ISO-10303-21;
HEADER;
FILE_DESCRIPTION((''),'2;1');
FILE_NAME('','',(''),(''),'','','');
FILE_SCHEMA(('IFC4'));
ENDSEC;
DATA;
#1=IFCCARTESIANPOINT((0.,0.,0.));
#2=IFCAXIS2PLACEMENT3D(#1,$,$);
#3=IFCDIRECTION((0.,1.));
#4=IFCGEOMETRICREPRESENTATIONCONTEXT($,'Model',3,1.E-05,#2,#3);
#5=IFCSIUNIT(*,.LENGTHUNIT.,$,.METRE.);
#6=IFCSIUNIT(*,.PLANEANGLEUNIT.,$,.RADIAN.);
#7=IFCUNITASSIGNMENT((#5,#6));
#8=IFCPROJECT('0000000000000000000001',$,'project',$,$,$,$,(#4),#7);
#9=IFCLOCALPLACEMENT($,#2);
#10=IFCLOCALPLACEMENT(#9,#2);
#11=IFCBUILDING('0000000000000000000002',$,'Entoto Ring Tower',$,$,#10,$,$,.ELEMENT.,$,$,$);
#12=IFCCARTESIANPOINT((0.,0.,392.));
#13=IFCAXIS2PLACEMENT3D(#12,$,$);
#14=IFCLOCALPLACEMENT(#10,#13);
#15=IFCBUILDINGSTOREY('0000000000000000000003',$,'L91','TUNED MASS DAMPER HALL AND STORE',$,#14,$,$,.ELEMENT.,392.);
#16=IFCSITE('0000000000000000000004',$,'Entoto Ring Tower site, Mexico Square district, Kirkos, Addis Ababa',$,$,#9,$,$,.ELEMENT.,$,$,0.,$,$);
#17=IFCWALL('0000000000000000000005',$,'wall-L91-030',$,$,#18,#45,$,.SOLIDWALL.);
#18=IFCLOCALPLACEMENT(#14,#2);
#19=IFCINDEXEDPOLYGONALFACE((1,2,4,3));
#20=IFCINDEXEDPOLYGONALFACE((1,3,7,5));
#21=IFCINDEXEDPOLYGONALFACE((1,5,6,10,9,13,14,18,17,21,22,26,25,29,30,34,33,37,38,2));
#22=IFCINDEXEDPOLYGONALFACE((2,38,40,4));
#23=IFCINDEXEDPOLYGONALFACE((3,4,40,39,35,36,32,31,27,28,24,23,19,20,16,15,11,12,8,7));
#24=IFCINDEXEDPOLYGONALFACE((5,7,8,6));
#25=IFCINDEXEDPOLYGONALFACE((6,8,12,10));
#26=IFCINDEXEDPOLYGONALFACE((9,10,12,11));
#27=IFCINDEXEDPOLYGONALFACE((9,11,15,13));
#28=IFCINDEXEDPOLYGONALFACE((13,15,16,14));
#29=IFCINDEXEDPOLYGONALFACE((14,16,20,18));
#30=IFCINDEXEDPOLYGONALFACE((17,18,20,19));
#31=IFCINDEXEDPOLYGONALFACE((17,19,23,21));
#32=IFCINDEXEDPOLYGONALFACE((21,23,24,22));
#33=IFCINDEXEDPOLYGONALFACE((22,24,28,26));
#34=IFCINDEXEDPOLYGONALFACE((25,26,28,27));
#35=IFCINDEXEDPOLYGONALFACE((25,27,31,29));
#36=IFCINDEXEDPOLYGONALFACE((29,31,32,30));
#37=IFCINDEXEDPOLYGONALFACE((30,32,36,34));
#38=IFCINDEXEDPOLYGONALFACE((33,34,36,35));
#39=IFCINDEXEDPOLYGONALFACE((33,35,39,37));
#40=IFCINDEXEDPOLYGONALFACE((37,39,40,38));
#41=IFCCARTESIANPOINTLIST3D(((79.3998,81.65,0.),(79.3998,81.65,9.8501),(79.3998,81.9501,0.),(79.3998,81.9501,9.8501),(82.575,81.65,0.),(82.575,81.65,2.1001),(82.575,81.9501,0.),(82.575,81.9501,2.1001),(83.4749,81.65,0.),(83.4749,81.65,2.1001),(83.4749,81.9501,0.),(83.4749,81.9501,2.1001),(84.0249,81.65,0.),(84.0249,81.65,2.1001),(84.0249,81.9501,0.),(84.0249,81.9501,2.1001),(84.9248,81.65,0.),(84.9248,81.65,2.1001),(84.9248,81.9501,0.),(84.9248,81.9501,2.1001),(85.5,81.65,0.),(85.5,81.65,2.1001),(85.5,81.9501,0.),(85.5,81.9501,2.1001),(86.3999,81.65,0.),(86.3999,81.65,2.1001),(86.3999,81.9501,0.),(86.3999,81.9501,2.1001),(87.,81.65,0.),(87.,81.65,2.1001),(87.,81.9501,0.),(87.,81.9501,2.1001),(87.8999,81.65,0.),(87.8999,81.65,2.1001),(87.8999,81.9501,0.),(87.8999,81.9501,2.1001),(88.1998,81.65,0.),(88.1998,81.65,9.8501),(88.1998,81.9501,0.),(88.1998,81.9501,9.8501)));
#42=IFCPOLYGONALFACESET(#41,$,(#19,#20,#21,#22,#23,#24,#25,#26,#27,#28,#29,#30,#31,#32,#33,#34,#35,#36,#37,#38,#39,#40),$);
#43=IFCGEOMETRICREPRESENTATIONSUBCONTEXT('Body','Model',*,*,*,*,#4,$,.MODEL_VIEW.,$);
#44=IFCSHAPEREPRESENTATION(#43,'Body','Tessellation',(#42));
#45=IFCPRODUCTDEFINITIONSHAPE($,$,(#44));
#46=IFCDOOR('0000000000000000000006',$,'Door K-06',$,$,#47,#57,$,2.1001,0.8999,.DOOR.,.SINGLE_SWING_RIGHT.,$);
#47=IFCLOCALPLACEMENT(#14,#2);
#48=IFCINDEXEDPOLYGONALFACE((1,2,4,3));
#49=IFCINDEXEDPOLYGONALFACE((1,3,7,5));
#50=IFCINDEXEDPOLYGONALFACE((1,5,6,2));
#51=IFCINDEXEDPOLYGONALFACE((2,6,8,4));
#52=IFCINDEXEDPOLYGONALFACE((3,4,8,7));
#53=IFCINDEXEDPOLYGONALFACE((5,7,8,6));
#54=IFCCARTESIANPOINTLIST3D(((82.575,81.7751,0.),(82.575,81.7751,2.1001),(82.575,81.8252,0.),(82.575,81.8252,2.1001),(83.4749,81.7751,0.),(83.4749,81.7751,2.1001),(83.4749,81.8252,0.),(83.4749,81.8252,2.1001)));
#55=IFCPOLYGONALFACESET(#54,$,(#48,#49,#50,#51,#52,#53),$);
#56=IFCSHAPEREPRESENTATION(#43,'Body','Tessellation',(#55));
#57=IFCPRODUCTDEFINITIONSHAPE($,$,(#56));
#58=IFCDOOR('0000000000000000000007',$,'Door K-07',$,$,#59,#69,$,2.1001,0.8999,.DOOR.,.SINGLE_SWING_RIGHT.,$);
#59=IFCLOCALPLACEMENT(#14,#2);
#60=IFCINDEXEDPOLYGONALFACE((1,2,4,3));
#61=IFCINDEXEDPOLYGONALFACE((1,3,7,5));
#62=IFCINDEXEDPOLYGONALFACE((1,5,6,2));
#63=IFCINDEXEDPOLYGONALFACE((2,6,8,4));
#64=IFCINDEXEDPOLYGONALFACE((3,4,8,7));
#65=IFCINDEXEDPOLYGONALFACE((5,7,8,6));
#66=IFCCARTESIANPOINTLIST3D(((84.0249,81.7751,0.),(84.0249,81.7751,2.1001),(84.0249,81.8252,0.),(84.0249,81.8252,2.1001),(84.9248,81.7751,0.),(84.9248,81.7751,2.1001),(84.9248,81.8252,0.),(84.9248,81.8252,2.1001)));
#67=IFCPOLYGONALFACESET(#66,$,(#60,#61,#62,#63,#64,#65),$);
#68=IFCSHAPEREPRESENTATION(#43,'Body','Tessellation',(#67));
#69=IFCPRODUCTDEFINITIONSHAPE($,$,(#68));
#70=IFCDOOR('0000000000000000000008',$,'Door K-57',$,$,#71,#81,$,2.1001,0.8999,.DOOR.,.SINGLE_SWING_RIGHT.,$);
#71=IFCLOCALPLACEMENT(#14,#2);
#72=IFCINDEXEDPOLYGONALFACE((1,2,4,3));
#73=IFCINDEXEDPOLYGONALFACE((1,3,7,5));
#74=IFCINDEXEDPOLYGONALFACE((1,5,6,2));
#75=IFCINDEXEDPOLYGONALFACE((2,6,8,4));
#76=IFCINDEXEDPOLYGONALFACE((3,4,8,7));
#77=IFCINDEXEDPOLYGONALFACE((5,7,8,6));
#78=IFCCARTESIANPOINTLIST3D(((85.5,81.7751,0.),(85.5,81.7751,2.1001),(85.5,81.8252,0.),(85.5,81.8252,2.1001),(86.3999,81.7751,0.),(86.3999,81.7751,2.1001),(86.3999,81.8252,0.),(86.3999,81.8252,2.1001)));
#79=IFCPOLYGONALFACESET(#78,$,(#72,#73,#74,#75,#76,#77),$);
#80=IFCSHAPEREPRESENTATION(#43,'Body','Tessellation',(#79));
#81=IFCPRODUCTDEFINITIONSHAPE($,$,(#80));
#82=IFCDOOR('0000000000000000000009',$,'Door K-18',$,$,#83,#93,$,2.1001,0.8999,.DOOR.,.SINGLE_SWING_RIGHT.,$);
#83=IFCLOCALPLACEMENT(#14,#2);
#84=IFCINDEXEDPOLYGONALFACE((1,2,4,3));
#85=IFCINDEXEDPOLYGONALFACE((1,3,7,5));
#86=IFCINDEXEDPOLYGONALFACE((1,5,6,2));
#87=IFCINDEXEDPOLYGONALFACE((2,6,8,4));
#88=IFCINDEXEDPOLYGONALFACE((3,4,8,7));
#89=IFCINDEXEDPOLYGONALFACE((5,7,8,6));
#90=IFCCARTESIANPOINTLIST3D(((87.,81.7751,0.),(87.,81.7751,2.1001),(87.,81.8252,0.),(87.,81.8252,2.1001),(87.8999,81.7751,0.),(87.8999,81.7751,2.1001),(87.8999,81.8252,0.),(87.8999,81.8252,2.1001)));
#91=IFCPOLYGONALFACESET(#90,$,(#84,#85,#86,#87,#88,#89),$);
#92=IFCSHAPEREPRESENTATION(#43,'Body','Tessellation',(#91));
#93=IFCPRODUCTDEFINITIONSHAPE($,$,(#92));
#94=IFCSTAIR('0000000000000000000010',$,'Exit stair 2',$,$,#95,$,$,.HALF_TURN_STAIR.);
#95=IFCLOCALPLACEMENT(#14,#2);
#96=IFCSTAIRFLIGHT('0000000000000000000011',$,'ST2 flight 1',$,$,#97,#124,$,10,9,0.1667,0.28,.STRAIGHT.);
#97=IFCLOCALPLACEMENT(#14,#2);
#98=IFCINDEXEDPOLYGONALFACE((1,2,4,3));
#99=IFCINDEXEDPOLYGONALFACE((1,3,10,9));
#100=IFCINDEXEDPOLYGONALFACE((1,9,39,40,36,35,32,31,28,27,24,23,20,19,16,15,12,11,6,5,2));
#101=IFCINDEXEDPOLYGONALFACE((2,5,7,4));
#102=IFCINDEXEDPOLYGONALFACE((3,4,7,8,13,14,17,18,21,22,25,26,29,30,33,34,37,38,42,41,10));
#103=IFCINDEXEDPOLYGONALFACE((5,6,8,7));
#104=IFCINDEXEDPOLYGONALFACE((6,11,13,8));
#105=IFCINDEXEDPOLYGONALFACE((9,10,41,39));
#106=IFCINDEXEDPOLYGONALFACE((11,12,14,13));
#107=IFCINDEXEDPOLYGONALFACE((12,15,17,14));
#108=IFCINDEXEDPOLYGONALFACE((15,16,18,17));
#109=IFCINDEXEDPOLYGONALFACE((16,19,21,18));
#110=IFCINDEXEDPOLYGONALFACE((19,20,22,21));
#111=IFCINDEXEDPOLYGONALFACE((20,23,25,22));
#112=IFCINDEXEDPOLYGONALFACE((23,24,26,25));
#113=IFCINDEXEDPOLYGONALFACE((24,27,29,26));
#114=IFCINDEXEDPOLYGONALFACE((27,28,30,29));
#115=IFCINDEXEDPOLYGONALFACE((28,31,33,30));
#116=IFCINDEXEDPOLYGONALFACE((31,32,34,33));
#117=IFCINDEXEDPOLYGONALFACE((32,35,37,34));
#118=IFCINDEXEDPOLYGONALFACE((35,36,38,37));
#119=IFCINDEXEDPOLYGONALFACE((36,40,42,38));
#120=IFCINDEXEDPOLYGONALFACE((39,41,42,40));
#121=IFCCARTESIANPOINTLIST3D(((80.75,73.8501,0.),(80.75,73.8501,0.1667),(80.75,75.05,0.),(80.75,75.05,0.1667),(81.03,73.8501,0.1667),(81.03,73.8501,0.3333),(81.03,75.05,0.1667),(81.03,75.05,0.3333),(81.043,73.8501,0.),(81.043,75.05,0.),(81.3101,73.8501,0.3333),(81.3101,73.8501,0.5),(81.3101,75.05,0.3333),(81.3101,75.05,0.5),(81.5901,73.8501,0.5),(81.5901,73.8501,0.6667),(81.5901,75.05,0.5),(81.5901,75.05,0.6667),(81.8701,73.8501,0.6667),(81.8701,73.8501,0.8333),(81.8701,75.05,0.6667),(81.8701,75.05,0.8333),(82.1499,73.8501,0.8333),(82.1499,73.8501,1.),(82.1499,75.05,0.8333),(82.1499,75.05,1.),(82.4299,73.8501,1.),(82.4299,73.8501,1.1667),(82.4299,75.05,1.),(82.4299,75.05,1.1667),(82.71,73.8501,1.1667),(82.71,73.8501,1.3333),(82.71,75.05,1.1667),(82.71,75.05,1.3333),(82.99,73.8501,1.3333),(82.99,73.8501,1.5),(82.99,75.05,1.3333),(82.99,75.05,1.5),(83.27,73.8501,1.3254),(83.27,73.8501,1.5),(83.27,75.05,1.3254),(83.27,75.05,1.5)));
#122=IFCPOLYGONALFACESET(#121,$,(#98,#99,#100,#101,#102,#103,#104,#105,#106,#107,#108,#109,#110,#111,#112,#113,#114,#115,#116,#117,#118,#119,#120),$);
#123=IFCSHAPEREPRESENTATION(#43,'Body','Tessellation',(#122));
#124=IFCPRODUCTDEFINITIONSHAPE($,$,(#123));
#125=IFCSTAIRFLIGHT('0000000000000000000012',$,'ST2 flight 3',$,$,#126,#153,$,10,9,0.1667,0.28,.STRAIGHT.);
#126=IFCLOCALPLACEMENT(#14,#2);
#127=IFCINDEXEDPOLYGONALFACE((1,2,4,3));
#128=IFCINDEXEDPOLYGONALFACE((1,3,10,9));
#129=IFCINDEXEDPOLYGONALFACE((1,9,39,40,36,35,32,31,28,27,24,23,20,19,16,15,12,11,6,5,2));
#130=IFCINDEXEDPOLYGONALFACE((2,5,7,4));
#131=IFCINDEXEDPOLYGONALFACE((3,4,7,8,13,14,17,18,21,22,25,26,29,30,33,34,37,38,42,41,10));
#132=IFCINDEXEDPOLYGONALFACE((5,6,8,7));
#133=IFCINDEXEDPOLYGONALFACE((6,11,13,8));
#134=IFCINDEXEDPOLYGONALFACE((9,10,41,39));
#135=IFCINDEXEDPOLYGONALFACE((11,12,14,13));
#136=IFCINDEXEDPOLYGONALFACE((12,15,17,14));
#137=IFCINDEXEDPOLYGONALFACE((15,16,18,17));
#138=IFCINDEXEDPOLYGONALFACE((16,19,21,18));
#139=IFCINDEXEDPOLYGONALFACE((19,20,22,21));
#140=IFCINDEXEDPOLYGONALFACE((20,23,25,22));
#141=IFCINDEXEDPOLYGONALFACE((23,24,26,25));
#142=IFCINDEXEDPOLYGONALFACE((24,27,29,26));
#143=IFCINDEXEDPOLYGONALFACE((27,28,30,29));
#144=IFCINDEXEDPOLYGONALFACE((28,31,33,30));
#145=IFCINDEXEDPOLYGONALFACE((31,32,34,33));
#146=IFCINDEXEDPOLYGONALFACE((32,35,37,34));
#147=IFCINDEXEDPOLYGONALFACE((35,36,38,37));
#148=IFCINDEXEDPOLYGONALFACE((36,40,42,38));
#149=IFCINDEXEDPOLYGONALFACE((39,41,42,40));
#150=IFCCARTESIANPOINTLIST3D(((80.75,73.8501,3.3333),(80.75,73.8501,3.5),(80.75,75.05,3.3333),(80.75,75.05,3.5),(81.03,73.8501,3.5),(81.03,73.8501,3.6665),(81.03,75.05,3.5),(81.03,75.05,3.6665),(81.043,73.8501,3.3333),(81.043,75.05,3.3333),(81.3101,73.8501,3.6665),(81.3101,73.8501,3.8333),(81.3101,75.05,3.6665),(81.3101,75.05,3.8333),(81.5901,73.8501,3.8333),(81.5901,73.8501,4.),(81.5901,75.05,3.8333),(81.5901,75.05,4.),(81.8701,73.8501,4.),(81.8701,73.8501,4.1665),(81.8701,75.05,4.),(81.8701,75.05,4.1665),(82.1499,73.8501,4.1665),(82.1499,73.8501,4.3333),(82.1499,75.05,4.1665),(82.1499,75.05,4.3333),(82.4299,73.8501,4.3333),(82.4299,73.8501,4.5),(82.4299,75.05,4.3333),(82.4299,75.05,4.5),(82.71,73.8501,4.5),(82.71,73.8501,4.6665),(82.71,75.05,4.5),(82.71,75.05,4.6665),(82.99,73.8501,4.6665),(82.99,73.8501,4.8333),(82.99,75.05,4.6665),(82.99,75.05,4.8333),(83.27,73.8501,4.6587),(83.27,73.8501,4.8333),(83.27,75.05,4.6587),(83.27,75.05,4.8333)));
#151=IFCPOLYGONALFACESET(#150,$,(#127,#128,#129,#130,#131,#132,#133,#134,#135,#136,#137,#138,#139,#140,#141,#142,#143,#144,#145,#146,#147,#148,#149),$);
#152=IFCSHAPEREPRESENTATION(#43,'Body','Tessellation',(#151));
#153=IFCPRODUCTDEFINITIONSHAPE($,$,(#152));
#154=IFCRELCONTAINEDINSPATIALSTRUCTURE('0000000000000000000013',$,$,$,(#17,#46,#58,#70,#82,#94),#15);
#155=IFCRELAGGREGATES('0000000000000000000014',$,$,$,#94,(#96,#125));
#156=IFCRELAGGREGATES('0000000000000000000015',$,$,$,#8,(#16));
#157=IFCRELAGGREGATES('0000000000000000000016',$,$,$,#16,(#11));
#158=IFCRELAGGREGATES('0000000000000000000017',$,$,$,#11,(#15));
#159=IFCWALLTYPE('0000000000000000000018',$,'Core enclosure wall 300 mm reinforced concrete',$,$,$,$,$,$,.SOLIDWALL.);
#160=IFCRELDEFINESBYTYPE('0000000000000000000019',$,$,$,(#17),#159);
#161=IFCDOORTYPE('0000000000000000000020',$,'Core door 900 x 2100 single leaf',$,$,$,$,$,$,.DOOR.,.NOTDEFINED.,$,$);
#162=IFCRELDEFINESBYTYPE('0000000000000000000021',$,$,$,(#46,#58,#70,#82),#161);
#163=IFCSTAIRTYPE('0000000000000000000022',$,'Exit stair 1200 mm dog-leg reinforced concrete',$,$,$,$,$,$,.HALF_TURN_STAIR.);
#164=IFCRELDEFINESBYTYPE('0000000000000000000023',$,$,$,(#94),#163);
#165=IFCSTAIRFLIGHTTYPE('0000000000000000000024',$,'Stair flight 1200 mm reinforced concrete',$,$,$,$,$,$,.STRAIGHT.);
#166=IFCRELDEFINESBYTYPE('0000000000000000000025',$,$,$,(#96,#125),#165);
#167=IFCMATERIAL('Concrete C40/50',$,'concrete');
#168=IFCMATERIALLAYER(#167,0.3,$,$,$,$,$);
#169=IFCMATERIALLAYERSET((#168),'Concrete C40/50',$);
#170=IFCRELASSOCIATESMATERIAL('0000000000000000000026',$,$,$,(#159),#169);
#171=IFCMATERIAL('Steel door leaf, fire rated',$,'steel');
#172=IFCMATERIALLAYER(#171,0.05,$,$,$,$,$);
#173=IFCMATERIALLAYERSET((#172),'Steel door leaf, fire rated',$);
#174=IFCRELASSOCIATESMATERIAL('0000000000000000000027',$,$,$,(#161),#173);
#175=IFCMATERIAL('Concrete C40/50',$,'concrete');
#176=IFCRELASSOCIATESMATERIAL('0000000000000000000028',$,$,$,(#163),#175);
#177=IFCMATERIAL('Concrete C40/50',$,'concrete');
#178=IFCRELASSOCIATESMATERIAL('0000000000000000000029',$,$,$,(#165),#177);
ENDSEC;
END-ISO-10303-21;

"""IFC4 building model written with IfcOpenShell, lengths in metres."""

from ifc_helpers import new_model, si_unit, direction, frame, frame_2d, origin, place, context, subcontext, project, spatial, polyline, rectangle, outline, extrude, material, layer, layer_set, type_object, element, fill, aggregate, save


model = new_model("IFC4")

# Units and contexts
model_context = context("Model", 3, precision=1e-05, world=origin(), true_north=direction((0.0, 1.0)))
body_context = subcontext(model_context, "Body", "Model", "MODEL_VIEW")
ifc_project = project(units=[si_unit("LENGTHUNIT", "METRE"), si_unit("PLANEANGLEUNIT", "RADIAN")], contexts=[model_context])

# Site, building, storey
site_placement = place(None, origin())
site = spatial("IfcSite", under=ifc_project, at=site_placement, Name="Entoto Ring Tower site, Mexico Square district, Kirkos, Addis Ababa", CompositionType="ELEMENT", RefElevation=0.0)
building_placement = place(site_placement, origin())
building = spatial("IfcBuilding", under=site, at=building_placement, Name="Entoto Ring Tower", CompositionType="ELEMENT")
storey_placement = place(building_placement, frame((0.0, 0.0, 392.0)))
storey = spatial("IfcBuildingStorey", under=building, at=storey_placement, Name="L91", Description="TUNED MASS DAMPER HALL AND STORE", CompositionType="ELEMENT", Elevation=392.0)

# Shared definitions
ifc_material_1 = material(Name="Concrete C40/50", Category="concrete")
ifc_layer_1 = layer(ifc_material_1, 0.3)
ifc_layer_set_1 = layer_set([ifc_layer_1], Name="Concrete C40/50")
wall_type = type_object("IfcWallType", Name="Core enclosure wall 300 mm reinforced concrete", PredefinedType="SOLIDWALL", material=ifc_layer_set_1)

# Wall, openings, doors
ifc_material_2 = material(Name="Steel door leaf, fire rated", Category="steel")
ifc_layer_2 = layer(ifc_material_2, 0.05)
ifc_layer_set_2 = layer_set([ifc_layer_2], Name="Steel door leaf, fire rated")
door_type_1 = type_object("IfcDoorType", Name="Core door 900 x 2100 single leaf", OperationType="NOTDEFINED", PredefinedType="DOOR", material=ifc_layer_set_2)
wall_1_placement = place(storey_placement, frame((79.3999, 81.8, 0.0), z_axis=(0.0, 0.0, 1.0), x_axis=(1.0, 0.0, 0.0)))
wall_1 = element("IfcWall", 1, at=wall_1_placement, inside=storey, type_object=wall_type, Name="wall-L91-030", PredefinedType="SOLIDWALL", context=body_context, shape_type="SweptSolid", body=[
    extrude(rectangle(XDim=8.8, YDim=0.3, at=frame_2d((4.3999, 0.0))), origin(), (0.0, 0.0, 1.0), 9.8501),
])
opening_1_placement = place(wall_1_placement, frame((3.175, 0.0, 0.0)))
opening_1 = element("IfcOpeningElement", 2, at=opening_1_placement, cuts=wall_1, PredefinedType="OPENING", context=body_context, shape_type="SweptSolid", body=[
    extrude(rectangle(XDim=0.8999, YDim=2.1001, at=frame_2d((0.45, 1.05))), frame((0.0, 0.1602, 0.0), z_axis=(0.0, -1.0, 0.0), x_axis=(1.0, 0.0, 0.0)), (0.0, 0.0, 1.0), 0.3201),
])
opening_2_placement = place(wall_1_placement, frame((4.625, 0.0, 0.0)))
opening_2 = element("IfcOpeningElement", 3, at=opening_2_placement, cuts=wall_1, PredefinedType="OPENING", context=body_context, shape_type="SweptSolid", body=[
    extrude(rectangle(XDim=0.8999, YDim=2.1001, at=frame_2d((0.45, 1.05))), frame((0.0, 0.1602, 0.0), z_axis=(0.0, -1.0, 0.0), x_axis=(1.0, 0.0, 0.0)), (0.0, 0.0, 1.0), 0.3201),
])
opening_3_placement = place(wall_1_placement, frame((6.1001, 0.0, 0.0)))
opening_3 = element("IfcOpeningElement", 4, at=opening_3_placement, cuts=wall_1, PredefinedType="OPENING", context=body_context, shape_type="SweptSolid", body=[
    extrude(rectangle(XDim=0.8999, YDim=2.1001, at=frame_2d((0.45, 1.05))), frame((0.0, 0.1602, 0.0), z_axis=(0.0, -1.0, 0.0), x_axis=(1.0, 0.0, 0.0)), (0.0, 0.0, 1.0), 0.3201),
])
opening_4_placement = place(wall_1_placement, frame((7.6001, 0.0, 0.0)))
opening_4 = element("IfcOpeningElement", 5, at=opening_4_placement, cuts=wall_1, PredefinedType="OPENING", context=body_context, shape_type="SweptSolid", body=[
    extrude(rectangle(XDim=0.8999, YDim=2.1001, at=frame_2d((0.45, 1.05))), frame((0.0, 0.1602, 0.0), z_axis=(0.0, -1.0, 0.0), x_axis=(1.0, 0.0, 0.0)), (0.0, 0.0, 1.0), 0.3201),
])
door_1_placement = place(opening_1_placement, frame((0.8999, 0.0, 0.0), z_axis=(0.0, 0.0, 1.0), x_axis=(-1.0, 0.0, 0.0)))
door_1 = element("IfcDoor", 6, at=door_1_placement, inside=storey, type_object=door_type_1, Name="Door K-06", OperationType="SINGLE_SWING_RIGHT", OverallHeight=2.1001, OverallWidth=0.8999, PredefinedType="DOOR", context=body_context, shape_type="SweptSolid", body=[
    extrude(rectangle(XDim=0.8999, YDim=2.1001, at=frame_2d((0.45, 1.05))), frame((0.0, 0.0249, 0.0), z_axis=(0.0, -1.0, 0.0), x_axis=(1.0, 0.0, 0.0)), (0.0, 0.0, 1.0), 0.05),
])
fill(opening_1, door_1)
door_2_placement = place(opening_2_placement, frame((0.8999, 0.0, 0.0), z_axis=(0.0, 0.0, 1.0), x_axis=(-1.0, 0.0, 0.0)))
door_2 = element("IfcDoor", 7, at=door_2_placement, inside=storey, type_object=door_type_1, Name="Door K-07", OperationType="SINGLE_SWING_RIGHT", OverallHeight=2.1001, OverallWidth=0.8999, PredefinedType="DOOR", context=body_context, shape_type="SweptSolid", body=[
    extrude(rectangle(XDim=0.8999, YDim=2.1001, at=frame_2d((0.45, 1.05))), frame((0.0, 0.0249, 0.0), z_axis=(0.0, -1.0, 0.0), x_axis=(1.0, 0.0, 0.0)), (0.0, 0.0, 1.0), 0.05),
])
fill(opening_2, door_2)
door_3_placement = place(opening_3_placement, frame((0.8999, 0.0, 0.0), z_axis=(0.0, 0.0, 1.0), x_axis=(-1.0, 0.0, 0.0)))
door_3 = element("IfcDoor", 8, at=door_3_placement, inside=storey, type_object=door_type_1, Name="Door K-57", OperationType="SINGLE_SWING_RIGHT", OverallHeight=2.1001, OverallWidth=0.8999, PredefinedType="DOOR", context=body_context, shape_type="SweptSolid", body=[
    extrude(rectangle(XDim=0.8999, YDim=2.1001, at=frame_2d((0.45, 1.05))), frame((0.0, 0.0249, 0.0), z_axis=(0.0, -1.0, 0.0), x_axis=(1.0, 0.0, 0.0)), (0.0, 0.0, 1.0), 0.05),
])
fill(opening_3, door_3)
door_4_placement = place(opening_4_placement, frame((0.8999, 0.0, 0.0), z_axis=(0.0, 0.0, 1.0), x_axis=(-1.0, 0.0, 0.0)))
door_4 = element("IfcDoor", 9, at=door_4_placement, inside=storey, type_object=door_type_1, Name="Door K-18", OperationType="SINGLE_SWING_RIGHT", OverallHeight=2.1001, OverallWidth=0.8999, PredefinedType="DOOR", context=body_context, shape_type="SweptSolid", body=[
    extrude(rectangle(XDim=0.8999, YDim=2.1001, at=frame_2d((0.45, 1.05))), frame((0.0, 0.0249, 0.0), z_axis=(0.0, -1.0, 0.0), x_axis=(1.0, 0.0, 0.0)), (0.0, 0.0, 1.0), 0.05),
])
fill(opening_4, door_4)

# Stair, stair flights
ifc_material_3 = material(Name="Concrete C40/50", Category="concrete")
stair_type = type_object("IfcStairType", Name="Exit stair 1200 mm dog-leg reinforced concrete", PredefinedType="HALF_TURN_STAIR", material=ifc_material_3)
stair_placement = place(storey_placement, origin())
stair = element("IfcStair", 10, at=stair_placement, inside=storey, type_object=stair_type, Name="Exit stair 2", PredefinedType="HALF_TURN_STAIR")
ifc_material_4 = material(Name="Concrete C40/50", Category="concrete")
stair_flight_type = type_object("IfcStairFlightType", Name="Stair flight 1200 mm reinforced concrete", PredefinedType="STRAIGHT", material=ifc_material_4)
stair_flight_1_placement = place(storey_placement, frame((80.75, 74.45, 0.0), z_axis=(0.0, 0.0, 1.0), x_axis=(1.0, 0.0, 0.0)))
stair_flight_1 = element("IfcStairFlight", 11, at=stair_flight_1_placement, type_object=stair_flight_type, Name="ST2 flight 1", NumberOfRisers=10, NumberOfTreads=9, PredefinedType="STRAIGHT", RiserHeight=0.1667, TreadLength=0.28, context=body_context, shape_type="SweptSolid", body=[
    extrude(outline(polyline([(0.0, 0.0), (0.0, 0.1667), (0.28, 0.1667), (0.28, 0.3333), (0.5601, 0.3333), (0.5601, 0.5), (0.8401, 0.5), (0.8401, 0.6667), (1.1201, 0.6667), (1.1201, 0.8333), (1.3999, 0.8333), (1.3999, 1.0), (1.6799, 1.0), (1.6799, 1.1667), (1.96, 1.1667), (1.96, 1.3333), (2.24, 1.3333), (2.24, 1.5), (2.52, 1.5), (2.52, 1.6667), (2.52, 1.3254), (0.293, 0.0), (0.0, 0.0)])), frame((0.0, 0.6001, 0.0), z_axis=(0.0, -1.0, 0.0), x_axis=(1.0, 0.0, 0.0)), (0.0, 0.0, 1.0), 1.2),
])
stair_flight_2_placement = place(storey_placement, frame((80.75, 74.45, 3.3333), z_axis=(0.0, 0.0, 1.0), x_axis=(1.0, 0.0, 0.0)))
stair_flight_2 = element("IfcStairFlight", 12, at=stair_flight_2_placement, type_object=stair_flight_type, Name="ST2 flight 3", NumberOfRisers=10, NumberOfTreads=9, PredefinedType="STRAIGHT", RiserHeight=0.1667, TreadLength=0.28, context=body_context, shape_type="SweptSolid", body=[
    extrude(outline(polyline([(0.0, 0.0), (0.0, 0.1667), (0.28, 0.1667), (0.28, 0.3333), (0.5601, 0.3333), (0.5601, 0.5), (0.8401, 0.5), (0.8401, 0.6667), (1.1201, 0.6667), (1.1201, 0.8333), (1.3999, 0.8333), (1.3999, 1.0), (1.6799, 1.0), (1.6799, 1.1667), (1.96, 1.1667), (1.96, 1.3333), (2.24, 1.3333), (2.24, 1.5), (2.52, 1.5), (2.52, 1.6667), (2.52, 1.3254), (0.293, 0.0), (0.0, 0.0)])), frame((0.0, 0.6001, 0.0), z_axis=(0.0, -1.0, 0.0), x_axis=(1.0, 0.0, 0.0)), (0.0, 0.0, 1.0), 1.2),
])
aggregate(stair, [stair_flight_1, stair_flight_2])

save(model, "model.ifc")
